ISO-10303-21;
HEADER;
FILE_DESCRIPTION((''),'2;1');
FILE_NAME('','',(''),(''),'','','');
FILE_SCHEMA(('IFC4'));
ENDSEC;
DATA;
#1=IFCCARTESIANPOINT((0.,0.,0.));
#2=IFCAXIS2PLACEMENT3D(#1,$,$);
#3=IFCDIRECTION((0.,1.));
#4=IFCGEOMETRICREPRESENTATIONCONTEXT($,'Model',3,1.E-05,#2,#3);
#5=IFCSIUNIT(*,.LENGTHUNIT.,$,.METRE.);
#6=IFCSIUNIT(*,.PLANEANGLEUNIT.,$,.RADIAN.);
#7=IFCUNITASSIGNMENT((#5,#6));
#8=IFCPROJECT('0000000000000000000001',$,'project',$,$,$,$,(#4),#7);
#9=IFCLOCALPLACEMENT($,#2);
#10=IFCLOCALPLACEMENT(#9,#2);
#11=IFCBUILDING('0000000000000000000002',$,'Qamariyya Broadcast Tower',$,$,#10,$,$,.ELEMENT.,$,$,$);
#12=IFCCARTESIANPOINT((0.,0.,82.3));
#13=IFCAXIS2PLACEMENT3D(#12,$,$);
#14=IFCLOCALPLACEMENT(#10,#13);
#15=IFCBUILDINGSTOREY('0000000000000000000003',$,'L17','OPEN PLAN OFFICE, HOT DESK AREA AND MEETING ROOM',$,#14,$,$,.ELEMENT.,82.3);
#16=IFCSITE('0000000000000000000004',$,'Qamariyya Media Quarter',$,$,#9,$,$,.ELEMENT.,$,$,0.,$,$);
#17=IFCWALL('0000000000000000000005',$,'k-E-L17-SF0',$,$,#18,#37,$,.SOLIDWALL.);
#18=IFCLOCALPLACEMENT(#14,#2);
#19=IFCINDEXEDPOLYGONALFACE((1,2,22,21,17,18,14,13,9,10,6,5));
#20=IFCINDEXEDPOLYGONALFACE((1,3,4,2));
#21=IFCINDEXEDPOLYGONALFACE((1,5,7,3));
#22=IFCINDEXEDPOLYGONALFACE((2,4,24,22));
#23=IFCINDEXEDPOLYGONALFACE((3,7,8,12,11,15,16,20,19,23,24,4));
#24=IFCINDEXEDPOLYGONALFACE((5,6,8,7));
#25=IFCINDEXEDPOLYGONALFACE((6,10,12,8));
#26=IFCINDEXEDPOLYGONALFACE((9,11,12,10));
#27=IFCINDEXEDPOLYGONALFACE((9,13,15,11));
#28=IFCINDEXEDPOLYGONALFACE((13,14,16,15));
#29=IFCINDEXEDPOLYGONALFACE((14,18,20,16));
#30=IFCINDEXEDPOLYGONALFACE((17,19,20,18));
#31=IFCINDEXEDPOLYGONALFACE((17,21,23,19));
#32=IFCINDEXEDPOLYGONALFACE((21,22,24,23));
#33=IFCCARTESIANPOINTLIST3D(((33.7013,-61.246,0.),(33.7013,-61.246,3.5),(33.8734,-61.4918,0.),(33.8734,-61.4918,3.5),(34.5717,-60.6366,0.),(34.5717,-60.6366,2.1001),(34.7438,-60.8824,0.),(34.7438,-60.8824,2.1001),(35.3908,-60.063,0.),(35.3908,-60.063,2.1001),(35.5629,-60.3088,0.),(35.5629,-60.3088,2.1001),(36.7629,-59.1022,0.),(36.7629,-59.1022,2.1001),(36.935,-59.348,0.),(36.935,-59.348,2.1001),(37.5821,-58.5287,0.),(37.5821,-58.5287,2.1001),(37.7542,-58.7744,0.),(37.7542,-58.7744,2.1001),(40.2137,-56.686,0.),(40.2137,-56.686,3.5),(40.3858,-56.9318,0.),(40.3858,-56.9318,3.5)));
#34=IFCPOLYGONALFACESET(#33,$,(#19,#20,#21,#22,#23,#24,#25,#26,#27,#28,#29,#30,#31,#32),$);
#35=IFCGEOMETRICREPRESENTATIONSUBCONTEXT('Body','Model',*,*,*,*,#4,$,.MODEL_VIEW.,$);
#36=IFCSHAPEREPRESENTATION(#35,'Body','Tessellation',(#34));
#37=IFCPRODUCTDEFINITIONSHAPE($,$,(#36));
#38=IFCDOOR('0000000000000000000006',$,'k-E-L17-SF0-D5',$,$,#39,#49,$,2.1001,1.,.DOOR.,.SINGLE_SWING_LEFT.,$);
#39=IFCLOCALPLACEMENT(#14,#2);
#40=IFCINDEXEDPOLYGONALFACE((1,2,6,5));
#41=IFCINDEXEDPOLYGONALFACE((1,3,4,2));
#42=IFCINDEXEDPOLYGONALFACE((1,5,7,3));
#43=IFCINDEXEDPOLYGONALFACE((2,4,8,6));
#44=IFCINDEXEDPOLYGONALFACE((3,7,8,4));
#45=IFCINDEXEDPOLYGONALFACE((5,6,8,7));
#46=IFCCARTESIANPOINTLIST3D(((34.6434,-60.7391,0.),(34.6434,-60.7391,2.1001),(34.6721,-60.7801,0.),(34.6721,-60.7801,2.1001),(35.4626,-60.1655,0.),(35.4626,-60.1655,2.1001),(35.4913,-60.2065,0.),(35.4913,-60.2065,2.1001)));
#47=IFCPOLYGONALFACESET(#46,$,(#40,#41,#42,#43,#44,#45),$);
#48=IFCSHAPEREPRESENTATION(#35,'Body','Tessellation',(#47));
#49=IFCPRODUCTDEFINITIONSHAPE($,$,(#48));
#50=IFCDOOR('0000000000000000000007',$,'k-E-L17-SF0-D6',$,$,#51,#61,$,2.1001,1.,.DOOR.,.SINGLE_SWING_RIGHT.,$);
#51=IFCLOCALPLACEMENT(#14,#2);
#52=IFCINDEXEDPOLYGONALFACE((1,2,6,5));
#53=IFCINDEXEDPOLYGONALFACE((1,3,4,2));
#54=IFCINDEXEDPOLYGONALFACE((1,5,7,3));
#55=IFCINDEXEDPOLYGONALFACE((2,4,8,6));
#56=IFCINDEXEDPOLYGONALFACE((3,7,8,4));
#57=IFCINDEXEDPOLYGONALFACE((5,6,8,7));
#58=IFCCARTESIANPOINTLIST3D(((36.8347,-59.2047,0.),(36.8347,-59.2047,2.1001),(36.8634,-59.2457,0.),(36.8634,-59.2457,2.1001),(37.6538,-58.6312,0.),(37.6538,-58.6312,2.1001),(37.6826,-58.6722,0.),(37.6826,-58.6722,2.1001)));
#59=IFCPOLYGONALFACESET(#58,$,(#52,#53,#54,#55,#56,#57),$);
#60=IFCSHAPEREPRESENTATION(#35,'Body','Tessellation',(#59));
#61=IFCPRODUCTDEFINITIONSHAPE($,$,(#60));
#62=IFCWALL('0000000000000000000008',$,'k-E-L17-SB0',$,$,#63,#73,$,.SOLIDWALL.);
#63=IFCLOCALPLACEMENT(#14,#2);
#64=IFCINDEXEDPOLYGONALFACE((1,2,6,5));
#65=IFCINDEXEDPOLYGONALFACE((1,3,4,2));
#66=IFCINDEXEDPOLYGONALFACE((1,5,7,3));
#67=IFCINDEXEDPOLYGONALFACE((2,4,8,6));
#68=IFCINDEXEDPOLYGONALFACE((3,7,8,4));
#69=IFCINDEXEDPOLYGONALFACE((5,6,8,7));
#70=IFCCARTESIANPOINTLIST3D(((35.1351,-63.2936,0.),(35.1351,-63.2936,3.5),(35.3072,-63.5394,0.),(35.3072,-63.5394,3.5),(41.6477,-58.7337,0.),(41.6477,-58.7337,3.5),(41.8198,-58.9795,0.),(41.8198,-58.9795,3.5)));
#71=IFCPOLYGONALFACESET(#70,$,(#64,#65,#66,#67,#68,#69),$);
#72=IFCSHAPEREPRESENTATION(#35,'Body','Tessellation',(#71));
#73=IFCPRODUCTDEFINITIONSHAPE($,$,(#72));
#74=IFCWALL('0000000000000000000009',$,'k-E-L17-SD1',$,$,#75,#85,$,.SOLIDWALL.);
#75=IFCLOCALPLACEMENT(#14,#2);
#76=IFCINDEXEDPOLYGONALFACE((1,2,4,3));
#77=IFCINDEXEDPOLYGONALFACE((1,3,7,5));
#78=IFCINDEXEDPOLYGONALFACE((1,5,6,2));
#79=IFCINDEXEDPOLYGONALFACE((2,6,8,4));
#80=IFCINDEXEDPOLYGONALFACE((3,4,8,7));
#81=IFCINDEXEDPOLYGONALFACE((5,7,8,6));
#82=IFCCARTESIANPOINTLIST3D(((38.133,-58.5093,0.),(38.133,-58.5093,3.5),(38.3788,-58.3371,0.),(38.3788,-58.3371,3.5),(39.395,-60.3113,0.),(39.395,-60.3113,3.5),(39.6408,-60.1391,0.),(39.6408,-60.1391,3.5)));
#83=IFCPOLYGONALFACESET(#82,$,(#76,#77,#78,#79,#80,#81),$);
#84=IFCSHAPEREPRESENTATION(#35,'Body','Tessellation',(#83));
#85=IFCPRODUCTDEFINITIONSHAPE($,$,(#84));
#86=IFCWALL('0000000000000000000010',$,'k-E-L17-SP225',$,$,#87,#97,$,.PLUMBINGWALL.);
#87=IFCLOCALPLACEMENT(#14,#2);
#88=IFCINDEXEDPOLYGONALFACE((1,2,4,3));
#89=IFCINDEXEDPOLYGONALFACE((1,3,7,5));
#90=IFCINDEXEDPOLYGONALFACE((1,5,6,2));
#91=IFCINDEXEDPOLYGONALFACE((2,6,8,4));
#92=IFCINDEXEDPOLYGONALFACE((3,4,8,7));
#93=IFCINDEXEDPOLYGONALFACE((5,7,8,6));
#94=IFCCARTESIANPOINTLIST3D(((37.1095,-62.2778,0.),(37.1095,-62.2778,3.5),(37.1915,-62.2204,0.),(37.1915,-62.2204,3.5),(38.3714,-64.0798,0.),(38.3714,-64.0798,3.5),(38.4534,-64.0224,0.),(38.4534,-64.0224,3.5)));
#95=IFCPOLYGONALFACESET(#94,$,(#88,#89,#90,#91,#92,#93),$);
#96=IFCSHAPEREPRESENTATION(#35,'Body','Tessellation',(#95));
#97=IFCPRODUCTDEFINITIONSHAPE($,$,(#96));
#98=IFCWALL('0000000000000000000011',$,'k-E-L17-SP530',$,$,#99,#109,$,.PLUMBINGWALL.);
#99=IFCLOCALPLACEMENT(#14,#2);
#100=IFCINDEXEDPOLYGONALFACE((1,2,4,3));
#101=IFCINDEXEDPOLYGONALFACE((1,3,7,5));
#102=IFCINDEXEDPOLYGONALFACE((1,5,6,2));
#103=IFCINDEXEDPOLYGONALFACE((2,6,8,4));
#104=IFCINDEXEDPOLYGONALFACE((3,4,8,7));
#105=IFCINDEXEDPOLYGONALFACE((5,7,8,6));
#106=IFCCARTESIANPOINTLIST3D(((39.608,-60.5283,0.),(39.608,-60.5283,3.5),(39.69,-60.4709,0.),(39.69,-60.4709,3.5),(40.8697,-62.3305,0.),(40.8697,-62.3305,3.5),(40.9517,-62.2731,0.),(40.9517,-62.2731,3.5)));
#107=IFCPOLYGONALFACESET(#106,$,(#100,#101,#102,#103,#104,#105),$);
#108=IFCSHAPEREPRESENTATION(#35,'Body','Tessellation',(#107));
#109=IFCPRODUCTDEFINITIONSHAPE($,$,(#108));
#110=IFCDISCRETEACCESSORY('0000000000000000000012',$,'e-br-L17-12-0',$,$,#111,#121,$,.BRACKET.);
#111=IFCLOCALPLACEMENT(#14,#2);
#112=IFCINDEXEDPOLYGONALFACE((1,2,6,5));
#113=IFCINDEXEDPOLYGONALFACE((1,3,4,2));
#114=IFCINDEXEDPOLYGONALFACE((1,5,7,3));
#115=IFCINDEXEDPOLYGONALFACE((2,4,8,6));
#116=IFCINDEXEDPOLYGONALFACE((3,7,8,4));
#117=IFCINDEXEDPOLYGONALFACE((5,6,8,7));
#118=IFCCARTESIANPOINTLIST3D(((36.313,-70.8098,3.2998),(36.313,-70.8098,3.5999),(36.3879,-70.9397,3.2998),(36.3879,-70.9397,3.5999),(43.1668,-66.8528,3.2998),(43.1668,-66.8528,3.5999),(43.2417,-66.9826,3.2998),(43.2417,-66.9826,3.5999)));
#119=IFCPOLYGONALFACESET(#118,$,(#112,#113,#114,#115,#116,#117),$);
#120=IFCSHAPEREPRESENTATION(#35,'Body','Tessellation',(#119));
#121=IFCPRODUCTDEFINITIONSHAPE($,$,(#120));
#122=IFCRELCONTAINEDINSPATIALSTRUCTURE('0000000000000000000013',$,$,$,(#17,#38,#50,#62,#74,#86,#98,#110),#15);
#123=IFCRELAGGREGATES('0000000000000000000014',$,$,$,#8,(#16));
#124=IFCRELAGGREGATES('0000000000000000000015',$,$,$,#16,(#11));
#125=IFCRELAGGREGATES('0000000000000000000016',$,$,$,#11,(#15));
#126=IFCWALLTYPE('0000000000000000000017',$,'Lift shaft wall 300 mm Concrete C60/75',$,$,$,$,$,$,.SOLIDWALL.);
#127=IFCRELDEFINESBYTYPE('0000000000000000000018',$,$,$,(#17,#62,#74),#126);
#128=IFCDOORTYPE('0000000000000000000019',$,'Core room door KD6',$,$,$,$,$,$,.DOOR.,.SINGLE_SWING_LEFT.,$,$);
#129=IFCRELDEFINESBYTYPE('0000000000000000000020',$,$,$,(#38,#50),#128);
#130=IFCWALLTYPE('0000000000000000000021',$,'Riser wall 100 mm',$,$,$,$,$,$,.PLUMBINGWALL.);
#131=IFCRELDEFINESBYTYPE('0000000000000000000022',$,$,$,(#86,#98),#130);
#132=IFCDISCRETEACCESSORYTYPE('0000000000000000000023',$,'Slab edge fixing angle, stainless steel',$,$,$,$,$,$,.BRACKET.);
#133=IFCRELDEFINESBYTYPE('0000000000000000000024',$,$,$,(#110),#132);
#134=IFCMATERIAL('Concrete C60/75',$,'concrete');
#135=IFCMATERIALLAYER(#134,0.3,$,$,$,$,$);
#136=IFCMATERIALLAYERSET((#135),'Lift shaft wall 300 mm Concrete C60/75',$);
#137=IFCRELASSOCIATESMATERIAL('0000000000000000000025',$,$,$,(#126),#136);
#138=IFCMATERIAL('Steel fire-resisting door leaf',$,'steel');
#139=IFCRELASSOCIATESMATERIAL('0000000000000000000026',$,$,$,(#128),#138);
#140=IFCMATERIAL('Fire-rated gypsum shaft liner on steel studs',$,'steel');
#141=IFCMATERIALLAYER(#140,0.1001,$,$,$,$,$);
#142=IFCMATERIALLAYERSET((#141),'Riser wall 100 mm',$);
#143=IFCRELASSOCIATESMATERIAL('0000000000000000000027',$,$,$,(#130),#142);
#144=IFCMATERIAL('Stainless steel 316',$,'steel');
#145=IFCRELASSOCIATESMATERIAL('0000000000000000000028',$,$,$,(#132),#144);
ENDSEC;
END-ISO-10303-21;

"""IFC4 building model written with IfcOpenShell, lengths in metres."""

from ifc_helpers import new_model, si_unit, direction, frame, frame_2d, origin, origin_2d, place, context, subcontext, project, spatial, rectangle, extrude, material, layer, layer_set, type_object, element, fill, save


model = new_model("IFC4")

# Units and contexts
model_context = context("Model", 3, precision=1e-05, world=origin(), true_north=direction((0.0, 1.0)))
body_context = subcontext(model_context, "Body", "Model", "MODEL_VIEW")
ifc_project = project(units=[si_unit("LENGTHUNIT", "METRE"), si_unit("PLANEANGLEUNIT", "RADIAN")], contexts=[model_context])

# Site, building, storey
site_placement = place(None, origin())
site = spatial("IfcSite", under=ifc_project, at=site_placement, Name="Qamariyya Media Quarter", CompositionType="ELEMENT", RefElevation=0.0)
building_placement = place(site_placement, origin())
building = spatial("IfcBuilding", under=site, at=building_placement, Name="Qamariyya Broadcast Tower", CompositionType="ELEMENT")
storey_placement = place(building_placement, frame((0.0, 0.0, 82.3)))
storey = spatial("IfcBuildingStorey", under=building, at=storey_placement, Name="L17", Description="OPEN PLAN OFFICE, HOT DESK AREA AND MEETING ROOM", CompositionType="ELEMENT", Elevation=82.3)

# Shared definitions
ifc_material_1 = material(Name="Steel fire-resisting door leaf", Category="steel")

# Shared definitions
ifc_material_2 = material(Name="Concrete C60/75", Category="concrete")
ifc_layer_1 = layer(ifc_material_2, 0.3)
ifc_layer_set_1 = layer_set([ifc_layer_1], Name="Lift shaft wall 300 mm Concrete C60/75")
wall_type_1 = type_object("IfcWallType", Name="Lift shaft wall 300 mm Concrete C60/75", PredefinedType="SOLIDWALL", material=ifc_layer_set_1)

# Wall, openings, doors
wall_1_placement = place(storey_placement, frame((33.7874, -61.3689, 0.0), z_axis=(0.0, 0.0, 1.0), x_axis=(0.819153, 0.573576, 0.0)))
wall_1 = element("IfcWall", 1, at=wall_1_placement, inside=storey, type_object=wall_type_1, Name="k-E-L17-SF0", PredefinedType="SOLIDWALL", context=body_context, shape_type="SweptSolid", body=[
    extrude(rectangle(XDim=7.9502, YDim=0.3, at=frame_2d((3.9751, 0.0))), origin(), (0.0, 0.0, 1.0), 3.5),
])
opening_1_placement = place(wall_1_placement, frame((1.0625, 0.0, 0.0)))
opening_1 = element("IfcOpeningElement", 2, at=opening_1_placement, cuts=wall_1, PredefinedType="OPENING", context=body_context, shape_type="SweptSolid", body=[
    extrude(rectangle(XDim=1.0, YDim=2.1001, at=frame_2d((0.5, 1.05))), frame((0.0, 0.1599, 0.0), z_axis=(0.0, -1.0, 0.0), x_axis=(1.0, 0.0, 0.0)), (0.0, 0.0, 1.0), 0.3201),
])
opening_2_placement = place(wall_1_placement, frame((3.7375, 0.0, 0.0)))
opening_2 = element("IfcOpeningElement", 3, at=opening_2_placement, cuts=wall_1, PredefinedType="OPENING", context=body_context, shape_type="SweptSolid", body=[
    extrude(rectangle(XDim=1.0, YDim=2.1001, at=frame_2d((0.5, 1.05))), frame((0.0, 0.1599, 0.0), z_axis=(0.0, -1.0, 0.0), x_axis=(1.0, 0.0, 0.0)), (0.0, 0.0, 1.0), 0.3201),
])
door_type_1 = type_object("IfcDoorType", Name="Core room door KD6", OperationType="SINGLE_SWING_LEFT", PredefinedType="DOOR", material=ifc_material_1)
door_1_placement = place(opening_1_placement, origin())
door_1 = element("IfcDoor", 4, at=door_1_placement, inside=storey, type_object=door_type_1, Name="k-E-L17-SF0-D5", OperationType="SINGLE_SWING_LEFT", OverallHeight=2.1001, OverallWidth=1.0, PredefinedType="DOOR", context=body_context, shape_type="SweptSolid", body=[
    extrude(rectangle(XDim=1.0, YDim=2.1001, at=frame_2d((0.5, 1.05))), frame((0.0, 0.0249, 0.0), z_axis=(0.0, -1.0, 0.0), x_axis=(1.0, 0.0, 0.0)), (0.0, 0.0, 1.0), 0.05),
])
fill(opening_1, door_1)
door_2_placement = place(opening_2_placement, origin())
door_2 = element("IfcDoor", 5, at=door_2_placement, inside=storey, type_object=door_type_1, Name="k-E-L17-SF0-D6", OperationType="SINGLE_SWING_RIGHT", OverallHeight=2.1001, OverallWidth=1.0, PredefinedType="DOOR", context=body_context, shape_type="SweptSolid", body=[
    extrude(rectangle(XDim=1.0, YDim=2.1001, at=frame_2d((0.5, 1.05))), frame((0.0, 0.0249, 0.0), z_axis=(0.0, -1.0, 0.0), x_axis=(1.0, 0.0, 0.0)), (0.0, 0.0, 1.0), 0.05),
])
fill(opening_2, door_2)

# Walls
wall_2_placement = place(storey_placement, frame((35.2212, -63.4165, 0.0), z_axis=(0.0, 0.0, 1.0), x_axis=(0.819167, 0.573555, 0.0)))
element("IfcWall", 6, at=wall_2_placement, inside=storey, type_object=wall_type_1, Name="k-E-L17-SB0", PredefinedType="SOLIDWALL", context=body_context, shape_type="SweptSolid", body=[
    extrude(rectangle(XDim=7.9502, YDim=0.3, at=frame_2d((3.9751, 0.0))), origin(), (0.0, 0.0, 1.0), 3.5),
])
wall_3_placement = place(storey_placement, frame((38.2559, -58.4231, 0.0), z_axis=(0.0, 0.0, 1.0), x_axis=(0.573634, -0.819112, 0.0)))
element("IfcWall", 7, at=wall_3_placement, inside=storey, type_object=wall_type_1, Name="k-E-L17-SD1", PredefinedType="SOLIDWALL", context=body_context, shape_type="SweptSolid", body=[
    extrude(rectangle(XDim=2.2, YDim=0.3, at=frame_2d((1.1001, 0.0))), origin(), (0.0, 0.0, 1.0), 3.5),
])
ifc_material_3 = material(Name="Fire-rated gypsum shaft liner on steel studs", Category="steel")
ifc_layer_2 = layer(ifc_material_3, 0.1001)
ifc_layer_set_2 = layer_set([ifc_layer_2], Name="Riser wall 100 mm")
wall_type_2 = type_object("IfcWallType", Name="Riser wall 100 mm", PredefinedType="PLUMBINGWALL", material=ifc_layer_set_2)
for number, where, z_axis, x_axis, name in (
    (8, (37.1504, -62.249, 0.0), (0.0, 0.0, 1.0), (0.573634, -0.819112, 0.0), "k-E-L17-SP225"),
    (9, (39.6489, -60.4995, 0.0), (0.0, 0.0, 1.0), (0.573507, -0.819201, 0.0), "k-E-L17-SP530"),
):
    element("IfcWall", number, at=place(storey_placement, frame(where, z_axis=z_axis, x_axis=x_axis)), inside=storey, type_object=wall_type_2, Name=name, PredefinedType="PLUMBINGWALL", context=body_context, shape_type="SweptSolid", body=[
        extrude(rectangle(XDim=2.2, YDim=0.1001, at=frame_2d((1.1001, 0.0))), origin(), (0.0, 0.0, 1.0), 3.5),
    ])

# Discrete accessory
ifc_material_4 = material(Name="Stainless steel 316", Category="steel")
discrete_accessory_type = type_object("IfcDiscreteAccessoryType", Name="Slab edge fixing angle, stainless steel", PredefinedType="BRACKET", material=ifc_material_4)
discrete_accessory_placement = place(storey_placement, frame((39.7773, -68.8962, 3.2998), z_axis=(0.0, 0.0, 1.0), x_axis=(0.866025, 0.5, 0.0)))
element("IfcDiscreteAccessory", 10, at=discrete_accessory_placement, inside=storey, type_object=discrete_accessory_type, Name="e-br-L17-12-0", PredefinedType="BRACKET", context=body_context, shape_type="SweptSolid", body=[
    extrude(rectangle(XDim=7.9141, YDim=0.1499, at=origin_2d()), origin(), (0.0, 0.0, 1.0), 0.3),
])

save(model, "model.ifc")
